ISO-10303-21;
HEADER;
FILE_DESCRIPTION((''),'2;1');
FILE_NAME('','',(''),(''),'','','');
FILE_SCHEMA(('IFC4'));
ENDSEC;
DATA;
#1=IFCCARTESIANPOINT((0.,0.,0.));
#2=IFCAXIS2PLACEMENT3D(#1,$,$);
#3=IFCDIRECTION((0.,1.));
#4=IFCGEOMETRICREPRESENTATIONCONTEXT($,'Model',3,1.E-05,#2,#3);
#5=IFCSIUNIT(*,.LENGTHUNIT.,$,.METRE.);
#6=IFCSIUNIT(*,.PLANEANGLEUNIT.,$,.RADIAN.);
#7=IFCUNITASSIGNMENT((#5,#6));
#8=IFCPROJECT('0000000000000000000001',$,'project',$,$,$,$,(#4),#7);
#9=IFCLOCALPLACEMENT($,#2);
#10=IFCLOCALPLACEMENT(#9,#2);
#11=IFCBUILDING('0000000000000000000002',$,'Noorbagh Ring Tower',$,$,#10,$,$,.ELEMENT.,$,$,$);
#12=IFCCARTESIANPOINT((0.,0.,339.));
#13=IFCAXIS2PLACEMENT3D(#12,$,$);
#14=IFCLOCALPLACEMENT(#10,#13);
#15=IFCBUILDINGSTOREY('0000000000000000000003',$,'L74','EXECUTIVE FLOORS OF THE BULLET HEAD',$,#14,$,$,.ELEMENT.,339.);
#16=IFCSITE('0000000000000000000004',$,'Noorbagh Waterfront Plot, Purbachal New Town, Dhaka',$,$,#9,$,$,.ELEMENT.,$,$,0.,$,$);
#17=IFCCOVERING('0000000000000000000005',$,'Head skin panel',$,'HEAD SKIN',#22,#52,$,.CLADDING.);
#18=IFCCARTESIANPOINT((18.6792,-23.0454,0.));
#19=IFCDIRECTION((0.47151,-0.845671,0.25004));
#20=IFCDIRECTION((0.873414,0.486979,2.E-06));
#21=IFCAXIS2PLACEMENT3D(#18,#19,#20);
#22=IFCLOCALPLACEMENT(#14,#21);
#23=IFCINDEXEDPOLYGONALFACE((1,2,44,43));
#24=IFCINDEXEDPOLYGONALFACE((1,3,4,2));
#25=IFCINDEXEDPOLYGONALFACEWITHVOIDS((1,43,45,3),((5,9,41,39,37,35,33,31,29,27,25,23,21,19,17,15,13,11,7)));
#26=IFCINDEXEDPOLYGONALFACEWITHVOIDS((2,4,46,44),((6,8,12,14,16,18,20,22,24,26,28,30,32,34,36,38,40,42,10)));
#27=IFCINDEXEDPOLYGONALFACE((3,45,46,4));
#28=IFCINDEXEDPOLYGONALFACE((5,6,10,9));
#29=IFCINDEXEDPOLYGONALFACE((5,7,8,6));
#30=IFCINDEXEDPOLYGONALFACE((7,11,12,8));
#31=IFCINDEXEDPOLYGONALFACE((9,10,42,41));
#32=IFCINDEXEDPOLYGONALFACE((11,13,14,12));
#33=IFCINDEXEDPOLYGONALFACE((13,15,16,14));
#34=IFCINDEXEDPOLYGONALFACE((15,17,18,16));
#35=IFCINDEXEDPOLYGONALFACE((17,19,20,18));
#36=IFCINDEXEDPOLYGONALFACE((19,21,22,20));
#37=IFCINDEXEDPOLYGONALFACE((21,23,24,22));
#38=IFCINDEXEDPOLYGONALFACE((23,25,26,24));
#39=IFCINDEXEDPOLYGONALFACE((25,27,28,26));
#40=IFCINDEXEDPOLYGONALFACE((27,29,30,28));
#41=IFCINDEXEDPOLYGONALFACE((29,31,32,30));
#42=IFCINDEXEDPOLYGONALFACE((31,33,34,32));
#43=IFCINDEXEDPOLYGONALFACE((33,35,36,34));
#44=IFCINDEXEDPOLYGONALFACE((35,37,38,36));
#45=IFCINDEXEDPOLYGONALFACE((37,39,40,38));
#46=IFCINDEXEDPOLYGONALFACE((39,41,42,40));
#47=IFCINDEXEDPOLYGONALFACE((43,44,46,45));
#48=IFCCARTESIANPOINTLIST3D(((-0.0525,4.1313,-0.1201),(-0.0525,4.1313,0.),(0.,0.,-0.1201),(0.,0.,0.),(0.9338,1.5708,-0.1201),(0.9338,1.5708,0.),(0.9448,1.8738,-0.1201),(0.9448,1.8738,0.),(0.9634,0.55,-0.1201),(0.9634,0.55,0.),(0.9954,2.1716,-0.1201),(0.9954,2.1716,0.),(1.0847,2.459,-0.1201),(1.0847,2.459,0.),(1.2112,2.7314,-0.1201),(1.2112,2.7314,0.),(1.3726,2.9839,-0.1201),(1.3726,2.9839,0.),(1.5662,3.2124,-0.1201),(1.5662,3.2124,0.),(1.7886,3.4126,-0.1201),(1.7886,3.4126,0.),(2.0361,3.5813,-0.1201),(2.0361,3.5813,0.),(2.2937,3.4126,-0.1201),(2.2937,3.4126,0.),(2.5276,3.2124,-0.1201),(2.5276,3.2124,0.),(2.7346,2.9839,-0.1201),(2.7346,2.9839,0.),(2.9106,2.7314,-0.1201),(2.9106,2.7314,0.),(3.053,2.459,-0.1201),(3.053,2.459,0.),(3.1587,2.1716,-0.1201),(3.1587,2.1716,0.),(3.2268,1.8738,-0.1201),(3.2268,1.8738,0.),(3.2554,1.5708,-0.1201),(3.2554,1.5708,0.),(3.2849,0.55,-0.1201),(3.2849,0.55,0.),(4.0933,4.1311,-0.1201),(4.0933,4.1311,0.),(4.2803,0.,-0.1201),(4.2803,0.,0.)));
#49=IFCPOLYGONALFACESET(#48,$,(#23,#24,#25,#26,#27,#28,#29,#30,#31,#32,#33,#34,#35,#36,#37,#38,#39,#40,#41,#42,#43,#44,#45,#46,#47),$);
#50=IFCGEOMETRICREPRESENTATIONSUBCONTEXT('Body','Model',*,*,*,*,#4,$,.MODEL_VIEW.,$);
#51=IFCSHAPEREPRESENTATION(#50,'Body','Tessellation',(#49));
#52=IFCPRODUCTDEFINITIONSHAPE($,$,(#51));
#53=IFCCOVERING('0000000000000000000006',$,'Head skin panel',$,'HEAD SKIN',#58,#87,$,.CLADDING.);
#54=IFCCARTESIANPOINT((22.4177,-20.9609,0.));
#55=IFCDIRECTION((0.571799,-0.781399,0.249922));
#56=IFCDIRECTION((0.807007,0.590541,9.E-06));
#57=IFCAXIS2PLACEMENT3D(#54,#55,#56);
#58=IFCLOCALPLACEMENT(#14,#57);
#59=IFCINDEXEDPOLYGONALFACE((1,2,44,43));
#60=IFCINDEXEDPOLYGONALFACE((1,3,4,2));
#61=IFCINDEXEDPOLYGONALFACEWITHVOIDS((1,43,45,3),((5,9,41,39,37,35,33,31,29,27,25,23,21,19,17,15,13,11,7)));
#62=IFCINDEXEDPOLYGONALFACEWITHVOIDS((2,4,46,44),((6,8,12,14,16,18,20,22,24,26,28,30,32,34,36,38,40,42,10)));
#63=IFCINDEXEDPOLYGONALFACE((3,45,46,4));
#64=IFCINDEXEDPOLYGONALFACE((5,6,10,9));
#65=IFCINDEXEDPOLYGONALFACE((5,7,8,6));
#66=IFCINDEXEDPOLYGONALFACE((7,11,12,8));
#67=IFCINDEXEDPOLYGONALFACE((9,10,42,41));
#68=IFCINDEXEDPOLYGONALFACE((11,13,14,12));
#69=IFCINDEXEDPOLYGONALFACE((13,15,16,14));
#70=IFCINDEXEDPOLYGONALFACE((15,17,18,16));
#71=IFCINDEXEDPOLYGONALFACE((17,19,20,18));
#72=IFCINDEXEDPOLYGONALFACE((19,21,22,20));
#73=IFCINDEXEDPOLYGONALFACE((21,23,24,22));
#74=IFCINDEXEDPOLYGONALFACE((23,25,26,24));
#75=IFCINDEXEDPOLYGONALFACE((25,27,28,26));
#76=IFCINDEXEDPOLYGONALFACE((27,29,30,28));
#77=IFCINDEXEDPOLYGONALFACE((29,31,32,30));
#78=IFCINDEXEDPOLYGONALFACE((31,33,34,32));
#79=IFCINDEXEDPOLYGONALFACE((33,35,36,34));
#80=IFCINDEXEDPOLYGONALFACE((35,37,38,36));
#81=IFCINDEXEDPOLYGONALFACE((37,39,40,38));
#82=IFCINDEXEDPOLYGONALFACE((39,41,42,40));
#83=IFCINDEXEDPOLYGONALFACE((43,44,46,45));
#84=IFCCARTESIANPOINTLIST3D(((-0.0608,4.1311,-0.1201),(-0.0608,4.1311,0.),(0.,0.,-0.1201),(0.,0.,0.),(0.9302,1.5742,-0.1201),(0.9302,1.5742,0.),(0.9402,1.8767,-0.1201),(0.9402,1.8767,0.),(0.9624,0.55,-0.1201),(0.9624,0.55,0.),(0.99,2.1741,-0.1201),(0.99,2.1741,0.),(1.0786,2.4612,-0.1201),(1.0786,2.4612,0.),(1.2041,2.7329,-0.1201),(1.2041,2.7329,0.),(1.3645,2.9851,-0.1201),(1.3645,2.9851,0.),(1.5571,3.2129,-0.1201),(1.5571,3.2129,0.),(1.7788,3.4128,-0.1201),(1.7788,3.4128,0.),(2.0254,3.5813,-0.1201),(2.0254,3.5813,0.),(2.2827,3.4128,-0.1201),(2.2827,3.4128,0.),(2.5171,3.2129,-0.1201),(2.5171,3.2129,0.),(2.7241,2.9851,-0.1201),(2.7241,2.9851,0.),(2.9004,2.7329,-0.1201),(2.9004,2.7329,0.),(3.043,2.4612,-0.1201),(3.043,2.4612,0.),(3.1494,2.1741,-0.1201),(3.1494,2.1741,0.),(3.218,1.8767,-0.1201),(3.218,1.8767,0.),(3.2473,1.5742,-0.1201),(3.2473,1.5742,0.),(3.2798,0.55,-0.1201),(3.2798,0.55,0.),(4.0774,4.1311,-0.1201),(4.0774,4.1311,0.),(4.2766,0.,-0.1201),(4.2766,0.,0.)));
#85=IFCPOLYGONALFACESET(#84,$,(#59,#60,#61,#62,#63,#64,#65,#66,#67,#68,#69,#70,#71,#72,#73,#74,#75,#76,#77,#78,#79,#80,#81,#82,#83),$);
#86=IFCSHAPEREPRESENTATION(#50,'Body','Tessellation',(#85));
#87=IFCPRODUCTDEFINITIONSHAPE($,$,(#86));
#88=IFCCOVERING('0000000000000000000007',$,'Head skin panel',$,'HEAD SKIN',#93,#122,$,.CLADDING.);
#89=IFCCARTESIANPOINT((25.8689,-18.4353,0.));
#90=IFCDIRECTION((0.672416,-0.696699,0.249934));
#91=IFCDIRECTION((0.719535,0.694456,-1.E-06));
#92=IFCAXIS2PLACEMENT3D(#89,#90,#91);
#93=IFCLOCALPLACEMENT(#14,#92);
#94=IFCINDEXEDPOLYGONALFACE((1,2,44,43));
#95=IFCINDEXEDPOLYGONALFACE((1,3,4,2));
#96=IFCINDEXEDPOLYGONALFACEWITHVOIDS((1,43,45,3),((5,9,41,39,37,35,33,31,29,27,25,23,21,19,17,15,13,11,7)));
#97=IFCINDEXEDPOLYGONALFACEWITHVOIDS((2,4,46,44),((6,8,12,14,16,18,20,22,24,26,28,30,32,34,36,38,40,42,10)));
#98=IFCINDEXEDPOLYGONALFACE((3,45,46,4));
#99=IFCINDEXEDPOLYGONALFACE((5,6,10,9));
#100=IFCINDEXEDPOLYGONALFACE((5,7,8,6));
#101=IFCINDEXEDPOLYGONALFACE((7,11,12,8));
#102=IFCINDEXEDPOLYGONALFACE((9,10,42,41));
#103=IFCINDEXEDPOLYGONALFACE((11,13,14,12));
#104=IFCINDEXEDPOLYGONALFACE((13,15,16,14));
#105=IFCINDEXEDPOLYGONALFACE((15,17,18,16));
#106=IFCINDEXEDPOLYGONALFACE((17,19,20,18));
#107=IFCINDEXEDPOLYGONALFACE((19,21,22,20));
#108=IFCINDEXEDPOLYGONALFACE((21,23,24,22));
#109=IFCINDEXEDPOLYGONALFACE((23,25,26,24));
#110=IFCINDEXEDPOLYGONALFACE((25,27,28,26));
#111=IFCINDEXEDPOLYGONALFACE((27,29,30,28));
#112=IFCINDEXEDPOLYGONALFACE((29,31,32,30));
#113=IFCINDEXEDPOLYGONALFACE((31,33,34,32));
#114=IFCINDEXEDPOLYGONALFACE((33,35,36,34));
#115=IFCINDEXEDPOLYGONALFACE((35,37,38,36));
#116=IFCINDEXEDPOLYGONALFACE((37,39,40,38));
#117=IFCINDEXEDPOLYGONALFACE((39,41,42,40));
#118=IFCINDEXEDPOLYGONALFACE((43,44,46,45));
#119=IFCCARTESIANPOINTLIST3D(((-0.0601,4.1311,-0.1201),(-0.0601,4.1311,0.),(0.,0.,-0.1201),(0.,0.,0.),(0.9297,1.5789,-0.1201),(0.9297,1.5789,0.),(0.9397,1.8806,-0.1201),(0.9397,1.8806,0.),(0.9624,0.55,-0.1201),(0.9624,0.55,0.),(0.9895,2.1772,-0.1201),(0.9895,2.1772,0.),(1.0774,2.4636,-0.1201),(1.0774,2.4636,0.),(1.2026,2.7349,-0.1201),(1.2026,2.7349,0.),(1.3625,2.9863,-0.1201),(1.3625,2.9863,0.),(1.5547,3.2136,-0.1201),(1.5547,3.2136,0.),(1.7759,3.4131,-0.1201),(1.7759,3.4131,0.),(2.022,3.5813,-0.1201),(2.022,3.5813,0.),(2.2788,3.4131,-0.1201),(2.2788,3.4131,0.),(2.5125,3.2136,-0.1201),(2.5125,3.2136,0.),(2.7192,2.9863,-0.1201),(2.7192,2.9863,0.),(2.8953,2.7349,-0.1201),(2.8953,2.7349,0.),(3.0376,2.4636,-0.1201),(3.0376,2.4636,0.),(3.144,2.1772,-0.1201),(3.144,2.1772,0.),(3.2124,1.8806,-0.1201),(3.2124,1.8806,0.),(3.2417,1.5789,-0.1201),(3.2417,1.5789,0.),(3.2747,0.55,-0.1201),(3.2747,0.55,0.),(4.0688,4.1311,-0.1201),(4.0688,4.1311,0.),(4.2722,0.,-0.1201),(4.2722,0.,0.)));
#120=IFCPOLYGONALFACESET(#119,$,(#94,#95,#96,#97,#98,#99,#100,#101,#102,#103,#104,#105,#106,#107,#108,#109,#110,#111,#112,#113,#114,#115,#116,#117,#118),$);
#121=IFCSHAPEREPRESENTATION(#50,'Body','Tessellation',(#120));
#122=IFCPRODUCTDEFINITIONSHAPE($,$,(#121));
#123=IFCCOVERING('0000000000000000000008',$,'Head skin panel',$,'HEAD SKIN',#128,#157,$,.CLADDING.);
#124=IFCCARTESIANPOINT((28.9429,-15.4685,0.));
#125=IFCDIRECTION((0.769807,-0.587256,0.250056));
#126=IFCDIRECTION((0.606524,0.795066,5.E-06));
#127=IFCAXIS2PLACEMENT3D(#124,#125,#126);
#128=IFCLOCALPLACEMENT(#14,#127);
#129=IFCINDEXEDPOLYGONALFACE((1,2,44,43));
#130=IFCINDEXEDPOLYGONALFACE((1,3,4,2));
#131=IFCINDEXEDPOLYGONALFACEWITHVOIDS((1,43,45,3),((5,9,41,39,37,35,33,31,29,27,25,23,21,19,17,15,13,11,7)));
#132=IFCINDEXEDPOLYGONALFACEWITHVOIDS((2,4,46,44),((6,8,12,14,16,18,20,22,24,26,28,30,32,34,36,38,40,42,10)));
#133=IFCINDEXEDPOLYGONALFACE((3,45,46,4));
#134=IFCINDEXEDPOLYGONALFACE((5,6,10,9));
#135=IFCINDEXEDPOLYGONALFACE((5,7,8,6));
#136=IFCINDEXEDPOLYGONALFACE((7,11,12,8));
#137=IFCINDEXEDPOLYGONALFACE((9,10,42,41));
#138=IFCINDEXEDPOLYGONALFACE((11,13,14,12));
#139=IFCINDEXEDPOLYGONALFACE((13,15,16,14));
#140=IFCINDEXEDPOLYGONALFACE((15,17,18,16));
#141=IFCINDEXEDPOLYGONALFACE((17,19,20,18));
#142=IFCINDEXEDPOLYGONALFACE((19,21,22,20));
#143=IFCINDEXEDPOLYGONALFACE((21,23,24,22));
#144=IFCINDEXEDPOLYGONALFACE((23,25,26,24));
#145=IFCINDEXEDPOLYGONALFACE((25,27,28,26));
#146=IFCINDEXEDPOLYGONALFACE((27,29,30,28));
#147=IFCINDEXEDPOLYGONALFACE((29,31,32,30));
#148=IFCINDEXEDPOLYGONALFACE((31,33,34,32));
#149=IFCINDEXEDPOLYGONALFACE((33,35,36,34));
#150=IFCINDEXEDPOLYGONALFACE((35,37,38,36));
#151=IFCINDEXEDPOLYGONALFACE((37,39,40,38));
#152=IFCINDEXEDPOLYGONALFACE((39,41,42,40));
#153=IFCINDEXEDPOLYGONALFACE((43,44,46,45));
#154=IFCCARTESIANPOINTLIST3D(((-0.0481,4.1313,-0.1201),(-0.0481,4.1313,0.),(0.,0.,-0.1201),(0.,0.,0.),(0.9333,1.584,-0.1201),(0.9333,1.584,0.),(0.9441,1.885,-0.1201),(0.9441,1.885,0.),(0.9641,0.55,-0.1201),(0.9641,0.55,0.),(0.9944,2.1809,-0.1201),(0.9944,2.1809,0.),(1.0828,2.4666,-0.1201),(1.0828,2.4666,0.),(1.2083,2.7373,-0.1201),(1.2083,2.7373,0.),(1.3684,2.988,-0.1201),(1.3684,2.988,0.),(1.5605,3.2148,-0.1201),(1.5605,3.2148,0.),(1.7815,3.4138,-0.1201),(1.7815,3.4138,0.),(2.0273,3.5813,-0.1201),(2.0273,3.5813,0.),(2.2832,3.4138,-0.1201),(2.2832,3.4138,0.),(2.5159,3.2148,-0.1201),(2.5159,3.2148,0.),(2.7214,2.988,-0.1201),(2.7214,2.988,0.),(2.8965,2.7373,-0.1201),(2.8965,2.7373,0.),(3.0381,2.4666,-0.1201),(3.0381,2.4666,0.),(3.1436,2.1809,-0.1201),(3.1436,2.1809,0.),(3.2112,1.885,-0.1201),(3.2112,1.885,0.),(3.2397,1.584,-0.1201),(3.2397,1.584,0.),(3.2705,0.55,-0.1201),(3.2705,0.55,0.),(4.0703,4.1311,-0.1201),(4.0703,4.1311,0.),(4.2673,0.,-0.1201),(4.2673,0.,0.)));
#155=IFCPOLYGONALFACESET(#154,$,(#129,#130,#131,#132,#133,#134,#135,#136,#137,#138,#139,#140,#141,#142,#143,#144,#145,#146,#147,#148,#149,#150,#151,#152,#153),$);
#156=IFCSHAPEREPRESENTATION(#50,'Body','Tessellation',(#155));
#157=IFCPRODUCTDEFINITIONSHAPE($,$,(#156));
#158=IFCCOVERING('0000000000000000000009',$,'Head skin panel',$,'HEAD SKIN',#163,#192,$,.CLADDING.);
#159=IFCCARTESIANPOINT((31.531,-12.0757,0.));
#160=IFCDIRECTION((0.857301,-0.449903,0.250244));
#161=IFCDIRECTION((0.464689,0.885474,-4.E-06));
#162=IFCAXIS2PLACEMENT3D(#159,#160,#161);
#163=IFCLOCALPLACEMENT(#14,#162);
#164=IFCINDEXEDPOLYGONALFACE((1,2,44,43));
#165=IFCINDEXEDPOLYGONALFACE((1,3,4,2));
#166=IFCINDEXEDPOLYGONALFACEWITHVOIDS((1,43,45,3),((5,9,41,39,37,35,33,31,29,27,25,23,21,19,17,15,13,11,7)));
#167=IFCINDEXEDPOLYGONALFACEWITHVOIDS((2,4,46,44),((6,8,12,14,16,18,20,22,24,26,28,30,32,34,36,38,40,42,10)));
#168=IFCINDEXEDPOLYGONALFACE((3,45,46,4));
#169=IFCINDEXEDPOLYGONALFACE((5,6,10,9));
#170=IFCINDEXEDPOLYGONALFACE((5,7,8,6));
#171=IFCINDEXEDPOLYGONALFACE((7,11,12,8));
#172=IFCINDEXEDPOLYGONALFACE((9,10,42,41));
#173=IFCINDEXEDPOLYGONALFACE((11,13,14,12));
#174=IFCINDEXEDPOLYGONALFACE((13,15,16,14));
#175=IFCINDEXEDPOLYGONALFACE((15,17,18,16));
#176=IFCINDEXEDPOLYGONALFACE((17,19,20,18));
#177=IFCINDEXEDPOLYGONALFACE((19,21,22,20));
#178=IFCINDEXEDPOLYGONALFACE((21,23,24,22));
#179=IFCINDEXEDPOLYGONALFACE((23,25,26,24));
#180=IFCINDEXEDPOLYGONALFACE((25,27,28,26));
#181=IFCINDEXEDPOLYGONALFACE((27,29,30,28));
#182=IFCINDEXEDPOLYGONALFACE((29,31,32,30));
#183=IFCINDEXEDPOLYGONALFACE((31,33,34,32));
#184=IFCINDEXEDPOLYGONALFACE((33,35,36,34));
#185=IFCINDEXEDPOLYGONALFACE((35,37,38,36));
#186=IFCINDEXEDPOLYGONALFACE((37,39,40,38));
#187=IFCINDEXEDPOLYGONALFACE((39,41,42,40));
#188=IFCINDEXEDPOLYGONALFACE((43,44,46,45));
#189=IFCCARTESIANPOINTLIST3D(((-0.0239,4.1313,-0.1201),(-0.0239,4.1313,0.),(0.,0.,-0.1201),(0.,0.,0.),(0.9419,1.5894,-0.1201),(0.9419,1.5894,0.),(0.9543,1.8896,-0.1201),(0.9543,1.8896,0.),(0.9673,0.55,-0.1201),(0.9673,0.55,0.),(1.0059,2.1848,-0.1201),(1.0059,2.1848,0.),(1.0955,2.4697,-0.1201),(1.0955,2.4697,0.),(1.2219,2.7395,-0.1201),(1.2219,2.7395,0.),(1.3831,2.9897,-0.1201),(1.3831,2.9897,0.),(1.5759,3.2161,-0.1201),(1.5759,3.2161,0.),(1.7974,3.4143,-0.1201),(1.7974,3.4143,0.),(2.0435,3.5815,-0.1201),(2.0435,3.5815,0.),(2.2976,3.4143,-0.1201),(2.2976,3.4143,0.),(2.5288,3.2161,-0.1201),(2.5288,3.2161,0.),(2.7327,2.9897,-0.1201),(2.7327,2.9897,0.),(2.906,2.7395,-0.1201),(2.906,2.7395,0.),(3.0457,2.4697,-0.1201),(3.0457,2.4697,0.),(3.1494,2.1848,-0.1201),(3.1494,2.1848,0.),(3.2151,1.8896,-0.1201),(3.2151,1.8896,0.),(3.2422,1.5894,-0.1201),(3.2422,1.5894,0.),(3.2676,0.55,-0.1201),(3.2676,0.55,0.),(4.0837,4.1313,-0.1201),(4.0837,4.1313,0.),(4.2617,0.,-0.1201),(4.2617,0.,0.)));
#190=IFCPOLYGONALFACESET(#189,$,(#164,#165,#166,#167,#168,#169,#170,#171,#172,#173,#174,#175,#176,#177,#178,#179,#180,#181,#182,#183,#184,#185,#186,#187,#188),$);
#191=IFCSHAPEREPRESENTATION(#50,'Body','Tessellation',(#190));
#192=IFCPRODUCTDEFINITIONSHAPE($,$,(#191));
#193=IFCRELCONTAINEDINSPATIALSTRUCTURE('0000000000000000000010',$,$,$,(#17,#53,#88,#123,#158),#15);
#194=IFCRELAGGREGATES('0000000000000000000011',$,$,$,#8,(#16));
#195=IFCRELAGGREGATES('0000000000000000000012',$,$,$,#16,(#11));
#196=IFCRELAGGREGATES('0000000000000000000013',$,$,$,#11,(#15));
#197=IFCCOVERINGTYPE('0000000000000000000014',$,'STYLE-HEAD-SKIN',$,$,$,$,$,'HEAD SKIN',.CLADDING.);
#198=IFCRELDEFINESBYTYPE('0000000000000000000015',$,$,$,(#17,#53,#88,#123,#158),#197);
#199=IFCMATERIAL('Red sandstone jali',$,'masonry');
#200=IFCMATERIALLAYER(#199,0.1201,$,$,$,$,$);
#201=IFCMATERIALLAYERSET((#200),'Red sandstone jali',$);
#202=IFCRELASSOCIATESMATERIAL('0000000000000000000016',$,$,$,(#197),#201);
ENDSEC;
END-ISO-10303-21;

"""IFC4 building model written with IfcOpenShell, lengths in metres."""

from ifc_helpers import new_model, si_unit, direction, frame, origin, place, context, subcontext, project, spatial, polyline, outline, extrude, material, layer, layer_set, type_object, element, save


model = new_model("IFC4")

# Units and contexts
model_context = context("Model", 3, precision=1e-05, world=origin(), true_north=direction((0.0, 1.0)))
body_context = subcontext(model_context, "Body", "Model", "MODEL_VIEW")
ifc_project = project(units=[si_unit("LENGTHUNIT", "METRE"), si_unit("PLANEANGLEUNIT", "RADIAN")], contexts=[model_context])

# Site, building, storey
site_placement = place(None, origin())
site = spatial("IfcSite", under=ifc_project, at=site_placement, Name="Noorbagh Waterfront Plot, Purbachal New Town, Dhaka", CompositionType="ELEMENT", RefElevation=0.0)
building_placement = place(site_placement, origin())
building = spatial("IfcBuilding", under=site, at=building_placement, Name="Noorbagh Ring Tower", CompositionType="ELEMENT")
storey_placement = place(building_placement, frame((0.0, 0.0, 339.0)))
storey = spatial("IfcBuildingStorey", under=building, at=storey_placement, Name="L74", Description="EXECUTIVE FLOORS OF THE BULLET HEAD", CompositionType="ELEMENT", Elevation=339.0)

# Coverings
ifc_material_1 = material(Name="Red sandstone jali", Category="masonry")
ifc_layer_1 = layer(ifc_material_1, 0.1201)
ifc_layer_set_1 = layer_set([ifc_layer_1], Name="Red sandstone jali")
covering_type_1 = type_object("IfcCoveringType", Name="STYLE-HEAD-SKIN", ElementType="HEAD SKIN", PredefinedType="CLADDING", material=ifc_layer_set_1)
covering_1_placement = place(storey_placement, frame((18.6792, -23.0454, 0.0), z_axis=(0.47151, -0.845671, 0.25004), x_axis=(0.873414, 0.486979, 0.000002)))
element("IfcCovering", 1, at=covering_1_placement, inside=storey, type_object=covering_type_1, Name="Head skin panel", ObjectType="HEAD SKIN", PredefinedType="CLADDING", context=body_context, shape_type="SweptSolid", body=[
    extrude(outline(polyline([(0.0, 0.0), (4.2803, 0.0), (4.0933, 4.1311), (-0.0525, 4.1313), (0.0, 0.0)]), holes=[polyline([(0.9634, 0.55), (0.9338, 1.5708), (0.9448, 1.8738), (0.9954, 2.1716), (1.0847, 2.459), (1.2112, 2.7314), (1.3726, 2.9839), (1.5662, 3.2124), (1.7886, 3.4126), (2.0361, 3.5813), (2.2937, 3.4126), (2.5276, 3.2124), (2.7346, 2.9839), (2.9106, 2.7314), (3.053, 2.459), (3.1587, 2.1716), (3.2268, 1.8738), (3.2554, 1.5708), (3.2849, 0.55), (0.9634, 0.55)])]), origin(), (0.0, 0.0, -1.0), 0.1201),
])
covering_2_placement = place(storey_placement, frame((22.4177, -20.9609, 0.0), z_axis=(0.571799, -0.781399, 0.249922), x_axis=(0.807007, 0.590541, 0.000009)))
element("IfcCovering", 2, at=covering_2_placement, inside=storey, type_object=covering_type_1, Name="Head skin panel", ObjectType="HEAD SKIN", PredefinedType="CLADDING", context=body_context, shape_type="SweptSolid", body=[
    extrude(outline(polyline([(0.0, 0.0), (4.2766, 0.0), (4.0774, 4.1311), (-0.0608, 4.1311), (0.0, 0.0)]), holes=[polyline([(0.9624, 0.55), (0.9302, 1.5742), (0.9402, 1.8767), (0.99, 2.1741), (1.0786, 2.4612), (1.2041, 2.7329), (1.3645, 2.9851), (1.5571, 3.2129), (1.7788, 3.4128), (2.0254, 3.5813), (2.2827, 3.4128), (2.5171, 3.2129), (2.7241, 2.9851), (2.9004, 2.7329), (3.043, 2.4612), (3.1494, 2.1741), (3.218, 1.8767), (3.2473, 1.5742), (3.2798, 0.55), (0.9624, 0.55)])]), origin(), (0.0, 0.0, -1.0), 0.1201),
])
covering_3_placement = place(storey_placement, frame((25.8689, -18.4353, 0.0), z_axis=(0.672416, -0.696699, 0.249934), x_axis=(0.719535, 0.694456, -0.000001)))
element("IfcCovering", 3, at=covering_3_placement, inside=storey, type_object=covering_type_1, Name="Head skin panel", ObjectType="HEAD SKIN", PredefinedType="CLADDING", context=body_context, shape_type="SweptSolid", body=[
    extrude(outline(polyline([(0.0, 0.0), (4.2722, 0.0), (4.0688, 4.1311), (-0.0601, 4.1311), (0.0, 0.0)]), holes=[polyline([(0.9624, 0.55), (0.9297, 1.5789), (0.9397, 1.8806), (0.9895, 2.1772), (1.0774, 2.4636), (1.2026, 2.7349), (1.3625, 2.9863), (1.5547, 3.2136), (1.7759, 3.4131), (2.022, 3.5813), (2.2788, 3.4131), (2.5125, 3.2136), (2.7192, 2.9863), (2.8953, 2.7349), (3.0376, 2.4636), (3.144, 2.1772), (3.2124, 1.8806), (3.2417, 1.5789), (3.2747, 0.55), (0.9624, 0.55)])]), origin(), (0.0, 0.0, -1.0), 0.1201),
])
covering_4_placement = place(storey_placement, frame((28.9429, -15.4685, 0.0), z_axis=(0.769807, -0.587256, 0.250056), x_axis=(0.606524, 0.795066, 0.000005)))
element("IfcCovering", 4, at=covering_4_placement, inside=storey, type_object=covering_type_1, Name="Head skin panel", ObjectType="HEAD SKIN", PredefinedType="CLADDING", context=body_context, shape_type="SweptSolid", body=[
    extrude(outline(polyline([(0.0, 0.0), (4.2673, 0.0), (4.0703, 4.1311), (-0.0481, 4.1313), (0.0, 0.0)]), holes=[polyline([(0.9641, 0.55), (0.9333, 1.584), (0.9441, 1.885), (0.9944, 2.1809), (1.0828, 2.4666), (1.2083, 2.7373), (1.3684, 2.988), (1.5605, 3.2148), (1.7815, 3.4138), (2.0273, 3.5813), (2.2832, 3.4138), (2.5159, 3.2148), (2.7214, 2.988), (2.8965, 2.7373), (3.0381, 2.4666), (3.1436, 2.1809), (3.2112, 1.885), (3.2397, 1.584), (3.2705, 0.55), (0.9641, 0.55)])]), origin(), (0.0, 0.0, -1.0), 0.1201),
])
covering_5_placement = place(storey_placement, frame((31.531, -12.0757, 0.0), z_axis=(0.857301, -0.449903, 0.250244), x_axis=(0.464689, 0.885474, -0.000004)))
element("IfcCovering", 5, at=covering_5_placement, inside=storey, type_object=covering_type_1, Name="Head skin panel", ObjectType="HEAD SKIN", PredefinedType="CLADDING", context=body_context, shape_type="SweptSolid", body=[
    extrude(outline(polyline([(0.0, 0.0), (4.2617, 0.0), (4.0837, 4.1313), (-0.0239, 4.1313), (0.0, 0.0)]), holes=[polyline([(0.9673, 0.55), (0.9419, 1.5894), (0.9543, 1.8896), (1.0059, 2.1848), (1.0955, 2.4697), (1.2219, 2.7395), (1.3831, 2.9897), (1.5759, 3.2161), (1.7974, 3.4143), (2.0435, 3.5815), (2.2976, 3.4143), (2.5288, 3.2161), (2.7327, 2.9897), (2.906, 2.7395), (3.0457, 2.4697), (3.1494, 2.1848), (3.2151, 1.8896), (3.2422, 1.5894), (3.2676, 0.55), (0.9673, 0.55)])]), origin(), (0.0, 0.0, -1.0), 0.1201),
])

save(model, "model.ifc")
